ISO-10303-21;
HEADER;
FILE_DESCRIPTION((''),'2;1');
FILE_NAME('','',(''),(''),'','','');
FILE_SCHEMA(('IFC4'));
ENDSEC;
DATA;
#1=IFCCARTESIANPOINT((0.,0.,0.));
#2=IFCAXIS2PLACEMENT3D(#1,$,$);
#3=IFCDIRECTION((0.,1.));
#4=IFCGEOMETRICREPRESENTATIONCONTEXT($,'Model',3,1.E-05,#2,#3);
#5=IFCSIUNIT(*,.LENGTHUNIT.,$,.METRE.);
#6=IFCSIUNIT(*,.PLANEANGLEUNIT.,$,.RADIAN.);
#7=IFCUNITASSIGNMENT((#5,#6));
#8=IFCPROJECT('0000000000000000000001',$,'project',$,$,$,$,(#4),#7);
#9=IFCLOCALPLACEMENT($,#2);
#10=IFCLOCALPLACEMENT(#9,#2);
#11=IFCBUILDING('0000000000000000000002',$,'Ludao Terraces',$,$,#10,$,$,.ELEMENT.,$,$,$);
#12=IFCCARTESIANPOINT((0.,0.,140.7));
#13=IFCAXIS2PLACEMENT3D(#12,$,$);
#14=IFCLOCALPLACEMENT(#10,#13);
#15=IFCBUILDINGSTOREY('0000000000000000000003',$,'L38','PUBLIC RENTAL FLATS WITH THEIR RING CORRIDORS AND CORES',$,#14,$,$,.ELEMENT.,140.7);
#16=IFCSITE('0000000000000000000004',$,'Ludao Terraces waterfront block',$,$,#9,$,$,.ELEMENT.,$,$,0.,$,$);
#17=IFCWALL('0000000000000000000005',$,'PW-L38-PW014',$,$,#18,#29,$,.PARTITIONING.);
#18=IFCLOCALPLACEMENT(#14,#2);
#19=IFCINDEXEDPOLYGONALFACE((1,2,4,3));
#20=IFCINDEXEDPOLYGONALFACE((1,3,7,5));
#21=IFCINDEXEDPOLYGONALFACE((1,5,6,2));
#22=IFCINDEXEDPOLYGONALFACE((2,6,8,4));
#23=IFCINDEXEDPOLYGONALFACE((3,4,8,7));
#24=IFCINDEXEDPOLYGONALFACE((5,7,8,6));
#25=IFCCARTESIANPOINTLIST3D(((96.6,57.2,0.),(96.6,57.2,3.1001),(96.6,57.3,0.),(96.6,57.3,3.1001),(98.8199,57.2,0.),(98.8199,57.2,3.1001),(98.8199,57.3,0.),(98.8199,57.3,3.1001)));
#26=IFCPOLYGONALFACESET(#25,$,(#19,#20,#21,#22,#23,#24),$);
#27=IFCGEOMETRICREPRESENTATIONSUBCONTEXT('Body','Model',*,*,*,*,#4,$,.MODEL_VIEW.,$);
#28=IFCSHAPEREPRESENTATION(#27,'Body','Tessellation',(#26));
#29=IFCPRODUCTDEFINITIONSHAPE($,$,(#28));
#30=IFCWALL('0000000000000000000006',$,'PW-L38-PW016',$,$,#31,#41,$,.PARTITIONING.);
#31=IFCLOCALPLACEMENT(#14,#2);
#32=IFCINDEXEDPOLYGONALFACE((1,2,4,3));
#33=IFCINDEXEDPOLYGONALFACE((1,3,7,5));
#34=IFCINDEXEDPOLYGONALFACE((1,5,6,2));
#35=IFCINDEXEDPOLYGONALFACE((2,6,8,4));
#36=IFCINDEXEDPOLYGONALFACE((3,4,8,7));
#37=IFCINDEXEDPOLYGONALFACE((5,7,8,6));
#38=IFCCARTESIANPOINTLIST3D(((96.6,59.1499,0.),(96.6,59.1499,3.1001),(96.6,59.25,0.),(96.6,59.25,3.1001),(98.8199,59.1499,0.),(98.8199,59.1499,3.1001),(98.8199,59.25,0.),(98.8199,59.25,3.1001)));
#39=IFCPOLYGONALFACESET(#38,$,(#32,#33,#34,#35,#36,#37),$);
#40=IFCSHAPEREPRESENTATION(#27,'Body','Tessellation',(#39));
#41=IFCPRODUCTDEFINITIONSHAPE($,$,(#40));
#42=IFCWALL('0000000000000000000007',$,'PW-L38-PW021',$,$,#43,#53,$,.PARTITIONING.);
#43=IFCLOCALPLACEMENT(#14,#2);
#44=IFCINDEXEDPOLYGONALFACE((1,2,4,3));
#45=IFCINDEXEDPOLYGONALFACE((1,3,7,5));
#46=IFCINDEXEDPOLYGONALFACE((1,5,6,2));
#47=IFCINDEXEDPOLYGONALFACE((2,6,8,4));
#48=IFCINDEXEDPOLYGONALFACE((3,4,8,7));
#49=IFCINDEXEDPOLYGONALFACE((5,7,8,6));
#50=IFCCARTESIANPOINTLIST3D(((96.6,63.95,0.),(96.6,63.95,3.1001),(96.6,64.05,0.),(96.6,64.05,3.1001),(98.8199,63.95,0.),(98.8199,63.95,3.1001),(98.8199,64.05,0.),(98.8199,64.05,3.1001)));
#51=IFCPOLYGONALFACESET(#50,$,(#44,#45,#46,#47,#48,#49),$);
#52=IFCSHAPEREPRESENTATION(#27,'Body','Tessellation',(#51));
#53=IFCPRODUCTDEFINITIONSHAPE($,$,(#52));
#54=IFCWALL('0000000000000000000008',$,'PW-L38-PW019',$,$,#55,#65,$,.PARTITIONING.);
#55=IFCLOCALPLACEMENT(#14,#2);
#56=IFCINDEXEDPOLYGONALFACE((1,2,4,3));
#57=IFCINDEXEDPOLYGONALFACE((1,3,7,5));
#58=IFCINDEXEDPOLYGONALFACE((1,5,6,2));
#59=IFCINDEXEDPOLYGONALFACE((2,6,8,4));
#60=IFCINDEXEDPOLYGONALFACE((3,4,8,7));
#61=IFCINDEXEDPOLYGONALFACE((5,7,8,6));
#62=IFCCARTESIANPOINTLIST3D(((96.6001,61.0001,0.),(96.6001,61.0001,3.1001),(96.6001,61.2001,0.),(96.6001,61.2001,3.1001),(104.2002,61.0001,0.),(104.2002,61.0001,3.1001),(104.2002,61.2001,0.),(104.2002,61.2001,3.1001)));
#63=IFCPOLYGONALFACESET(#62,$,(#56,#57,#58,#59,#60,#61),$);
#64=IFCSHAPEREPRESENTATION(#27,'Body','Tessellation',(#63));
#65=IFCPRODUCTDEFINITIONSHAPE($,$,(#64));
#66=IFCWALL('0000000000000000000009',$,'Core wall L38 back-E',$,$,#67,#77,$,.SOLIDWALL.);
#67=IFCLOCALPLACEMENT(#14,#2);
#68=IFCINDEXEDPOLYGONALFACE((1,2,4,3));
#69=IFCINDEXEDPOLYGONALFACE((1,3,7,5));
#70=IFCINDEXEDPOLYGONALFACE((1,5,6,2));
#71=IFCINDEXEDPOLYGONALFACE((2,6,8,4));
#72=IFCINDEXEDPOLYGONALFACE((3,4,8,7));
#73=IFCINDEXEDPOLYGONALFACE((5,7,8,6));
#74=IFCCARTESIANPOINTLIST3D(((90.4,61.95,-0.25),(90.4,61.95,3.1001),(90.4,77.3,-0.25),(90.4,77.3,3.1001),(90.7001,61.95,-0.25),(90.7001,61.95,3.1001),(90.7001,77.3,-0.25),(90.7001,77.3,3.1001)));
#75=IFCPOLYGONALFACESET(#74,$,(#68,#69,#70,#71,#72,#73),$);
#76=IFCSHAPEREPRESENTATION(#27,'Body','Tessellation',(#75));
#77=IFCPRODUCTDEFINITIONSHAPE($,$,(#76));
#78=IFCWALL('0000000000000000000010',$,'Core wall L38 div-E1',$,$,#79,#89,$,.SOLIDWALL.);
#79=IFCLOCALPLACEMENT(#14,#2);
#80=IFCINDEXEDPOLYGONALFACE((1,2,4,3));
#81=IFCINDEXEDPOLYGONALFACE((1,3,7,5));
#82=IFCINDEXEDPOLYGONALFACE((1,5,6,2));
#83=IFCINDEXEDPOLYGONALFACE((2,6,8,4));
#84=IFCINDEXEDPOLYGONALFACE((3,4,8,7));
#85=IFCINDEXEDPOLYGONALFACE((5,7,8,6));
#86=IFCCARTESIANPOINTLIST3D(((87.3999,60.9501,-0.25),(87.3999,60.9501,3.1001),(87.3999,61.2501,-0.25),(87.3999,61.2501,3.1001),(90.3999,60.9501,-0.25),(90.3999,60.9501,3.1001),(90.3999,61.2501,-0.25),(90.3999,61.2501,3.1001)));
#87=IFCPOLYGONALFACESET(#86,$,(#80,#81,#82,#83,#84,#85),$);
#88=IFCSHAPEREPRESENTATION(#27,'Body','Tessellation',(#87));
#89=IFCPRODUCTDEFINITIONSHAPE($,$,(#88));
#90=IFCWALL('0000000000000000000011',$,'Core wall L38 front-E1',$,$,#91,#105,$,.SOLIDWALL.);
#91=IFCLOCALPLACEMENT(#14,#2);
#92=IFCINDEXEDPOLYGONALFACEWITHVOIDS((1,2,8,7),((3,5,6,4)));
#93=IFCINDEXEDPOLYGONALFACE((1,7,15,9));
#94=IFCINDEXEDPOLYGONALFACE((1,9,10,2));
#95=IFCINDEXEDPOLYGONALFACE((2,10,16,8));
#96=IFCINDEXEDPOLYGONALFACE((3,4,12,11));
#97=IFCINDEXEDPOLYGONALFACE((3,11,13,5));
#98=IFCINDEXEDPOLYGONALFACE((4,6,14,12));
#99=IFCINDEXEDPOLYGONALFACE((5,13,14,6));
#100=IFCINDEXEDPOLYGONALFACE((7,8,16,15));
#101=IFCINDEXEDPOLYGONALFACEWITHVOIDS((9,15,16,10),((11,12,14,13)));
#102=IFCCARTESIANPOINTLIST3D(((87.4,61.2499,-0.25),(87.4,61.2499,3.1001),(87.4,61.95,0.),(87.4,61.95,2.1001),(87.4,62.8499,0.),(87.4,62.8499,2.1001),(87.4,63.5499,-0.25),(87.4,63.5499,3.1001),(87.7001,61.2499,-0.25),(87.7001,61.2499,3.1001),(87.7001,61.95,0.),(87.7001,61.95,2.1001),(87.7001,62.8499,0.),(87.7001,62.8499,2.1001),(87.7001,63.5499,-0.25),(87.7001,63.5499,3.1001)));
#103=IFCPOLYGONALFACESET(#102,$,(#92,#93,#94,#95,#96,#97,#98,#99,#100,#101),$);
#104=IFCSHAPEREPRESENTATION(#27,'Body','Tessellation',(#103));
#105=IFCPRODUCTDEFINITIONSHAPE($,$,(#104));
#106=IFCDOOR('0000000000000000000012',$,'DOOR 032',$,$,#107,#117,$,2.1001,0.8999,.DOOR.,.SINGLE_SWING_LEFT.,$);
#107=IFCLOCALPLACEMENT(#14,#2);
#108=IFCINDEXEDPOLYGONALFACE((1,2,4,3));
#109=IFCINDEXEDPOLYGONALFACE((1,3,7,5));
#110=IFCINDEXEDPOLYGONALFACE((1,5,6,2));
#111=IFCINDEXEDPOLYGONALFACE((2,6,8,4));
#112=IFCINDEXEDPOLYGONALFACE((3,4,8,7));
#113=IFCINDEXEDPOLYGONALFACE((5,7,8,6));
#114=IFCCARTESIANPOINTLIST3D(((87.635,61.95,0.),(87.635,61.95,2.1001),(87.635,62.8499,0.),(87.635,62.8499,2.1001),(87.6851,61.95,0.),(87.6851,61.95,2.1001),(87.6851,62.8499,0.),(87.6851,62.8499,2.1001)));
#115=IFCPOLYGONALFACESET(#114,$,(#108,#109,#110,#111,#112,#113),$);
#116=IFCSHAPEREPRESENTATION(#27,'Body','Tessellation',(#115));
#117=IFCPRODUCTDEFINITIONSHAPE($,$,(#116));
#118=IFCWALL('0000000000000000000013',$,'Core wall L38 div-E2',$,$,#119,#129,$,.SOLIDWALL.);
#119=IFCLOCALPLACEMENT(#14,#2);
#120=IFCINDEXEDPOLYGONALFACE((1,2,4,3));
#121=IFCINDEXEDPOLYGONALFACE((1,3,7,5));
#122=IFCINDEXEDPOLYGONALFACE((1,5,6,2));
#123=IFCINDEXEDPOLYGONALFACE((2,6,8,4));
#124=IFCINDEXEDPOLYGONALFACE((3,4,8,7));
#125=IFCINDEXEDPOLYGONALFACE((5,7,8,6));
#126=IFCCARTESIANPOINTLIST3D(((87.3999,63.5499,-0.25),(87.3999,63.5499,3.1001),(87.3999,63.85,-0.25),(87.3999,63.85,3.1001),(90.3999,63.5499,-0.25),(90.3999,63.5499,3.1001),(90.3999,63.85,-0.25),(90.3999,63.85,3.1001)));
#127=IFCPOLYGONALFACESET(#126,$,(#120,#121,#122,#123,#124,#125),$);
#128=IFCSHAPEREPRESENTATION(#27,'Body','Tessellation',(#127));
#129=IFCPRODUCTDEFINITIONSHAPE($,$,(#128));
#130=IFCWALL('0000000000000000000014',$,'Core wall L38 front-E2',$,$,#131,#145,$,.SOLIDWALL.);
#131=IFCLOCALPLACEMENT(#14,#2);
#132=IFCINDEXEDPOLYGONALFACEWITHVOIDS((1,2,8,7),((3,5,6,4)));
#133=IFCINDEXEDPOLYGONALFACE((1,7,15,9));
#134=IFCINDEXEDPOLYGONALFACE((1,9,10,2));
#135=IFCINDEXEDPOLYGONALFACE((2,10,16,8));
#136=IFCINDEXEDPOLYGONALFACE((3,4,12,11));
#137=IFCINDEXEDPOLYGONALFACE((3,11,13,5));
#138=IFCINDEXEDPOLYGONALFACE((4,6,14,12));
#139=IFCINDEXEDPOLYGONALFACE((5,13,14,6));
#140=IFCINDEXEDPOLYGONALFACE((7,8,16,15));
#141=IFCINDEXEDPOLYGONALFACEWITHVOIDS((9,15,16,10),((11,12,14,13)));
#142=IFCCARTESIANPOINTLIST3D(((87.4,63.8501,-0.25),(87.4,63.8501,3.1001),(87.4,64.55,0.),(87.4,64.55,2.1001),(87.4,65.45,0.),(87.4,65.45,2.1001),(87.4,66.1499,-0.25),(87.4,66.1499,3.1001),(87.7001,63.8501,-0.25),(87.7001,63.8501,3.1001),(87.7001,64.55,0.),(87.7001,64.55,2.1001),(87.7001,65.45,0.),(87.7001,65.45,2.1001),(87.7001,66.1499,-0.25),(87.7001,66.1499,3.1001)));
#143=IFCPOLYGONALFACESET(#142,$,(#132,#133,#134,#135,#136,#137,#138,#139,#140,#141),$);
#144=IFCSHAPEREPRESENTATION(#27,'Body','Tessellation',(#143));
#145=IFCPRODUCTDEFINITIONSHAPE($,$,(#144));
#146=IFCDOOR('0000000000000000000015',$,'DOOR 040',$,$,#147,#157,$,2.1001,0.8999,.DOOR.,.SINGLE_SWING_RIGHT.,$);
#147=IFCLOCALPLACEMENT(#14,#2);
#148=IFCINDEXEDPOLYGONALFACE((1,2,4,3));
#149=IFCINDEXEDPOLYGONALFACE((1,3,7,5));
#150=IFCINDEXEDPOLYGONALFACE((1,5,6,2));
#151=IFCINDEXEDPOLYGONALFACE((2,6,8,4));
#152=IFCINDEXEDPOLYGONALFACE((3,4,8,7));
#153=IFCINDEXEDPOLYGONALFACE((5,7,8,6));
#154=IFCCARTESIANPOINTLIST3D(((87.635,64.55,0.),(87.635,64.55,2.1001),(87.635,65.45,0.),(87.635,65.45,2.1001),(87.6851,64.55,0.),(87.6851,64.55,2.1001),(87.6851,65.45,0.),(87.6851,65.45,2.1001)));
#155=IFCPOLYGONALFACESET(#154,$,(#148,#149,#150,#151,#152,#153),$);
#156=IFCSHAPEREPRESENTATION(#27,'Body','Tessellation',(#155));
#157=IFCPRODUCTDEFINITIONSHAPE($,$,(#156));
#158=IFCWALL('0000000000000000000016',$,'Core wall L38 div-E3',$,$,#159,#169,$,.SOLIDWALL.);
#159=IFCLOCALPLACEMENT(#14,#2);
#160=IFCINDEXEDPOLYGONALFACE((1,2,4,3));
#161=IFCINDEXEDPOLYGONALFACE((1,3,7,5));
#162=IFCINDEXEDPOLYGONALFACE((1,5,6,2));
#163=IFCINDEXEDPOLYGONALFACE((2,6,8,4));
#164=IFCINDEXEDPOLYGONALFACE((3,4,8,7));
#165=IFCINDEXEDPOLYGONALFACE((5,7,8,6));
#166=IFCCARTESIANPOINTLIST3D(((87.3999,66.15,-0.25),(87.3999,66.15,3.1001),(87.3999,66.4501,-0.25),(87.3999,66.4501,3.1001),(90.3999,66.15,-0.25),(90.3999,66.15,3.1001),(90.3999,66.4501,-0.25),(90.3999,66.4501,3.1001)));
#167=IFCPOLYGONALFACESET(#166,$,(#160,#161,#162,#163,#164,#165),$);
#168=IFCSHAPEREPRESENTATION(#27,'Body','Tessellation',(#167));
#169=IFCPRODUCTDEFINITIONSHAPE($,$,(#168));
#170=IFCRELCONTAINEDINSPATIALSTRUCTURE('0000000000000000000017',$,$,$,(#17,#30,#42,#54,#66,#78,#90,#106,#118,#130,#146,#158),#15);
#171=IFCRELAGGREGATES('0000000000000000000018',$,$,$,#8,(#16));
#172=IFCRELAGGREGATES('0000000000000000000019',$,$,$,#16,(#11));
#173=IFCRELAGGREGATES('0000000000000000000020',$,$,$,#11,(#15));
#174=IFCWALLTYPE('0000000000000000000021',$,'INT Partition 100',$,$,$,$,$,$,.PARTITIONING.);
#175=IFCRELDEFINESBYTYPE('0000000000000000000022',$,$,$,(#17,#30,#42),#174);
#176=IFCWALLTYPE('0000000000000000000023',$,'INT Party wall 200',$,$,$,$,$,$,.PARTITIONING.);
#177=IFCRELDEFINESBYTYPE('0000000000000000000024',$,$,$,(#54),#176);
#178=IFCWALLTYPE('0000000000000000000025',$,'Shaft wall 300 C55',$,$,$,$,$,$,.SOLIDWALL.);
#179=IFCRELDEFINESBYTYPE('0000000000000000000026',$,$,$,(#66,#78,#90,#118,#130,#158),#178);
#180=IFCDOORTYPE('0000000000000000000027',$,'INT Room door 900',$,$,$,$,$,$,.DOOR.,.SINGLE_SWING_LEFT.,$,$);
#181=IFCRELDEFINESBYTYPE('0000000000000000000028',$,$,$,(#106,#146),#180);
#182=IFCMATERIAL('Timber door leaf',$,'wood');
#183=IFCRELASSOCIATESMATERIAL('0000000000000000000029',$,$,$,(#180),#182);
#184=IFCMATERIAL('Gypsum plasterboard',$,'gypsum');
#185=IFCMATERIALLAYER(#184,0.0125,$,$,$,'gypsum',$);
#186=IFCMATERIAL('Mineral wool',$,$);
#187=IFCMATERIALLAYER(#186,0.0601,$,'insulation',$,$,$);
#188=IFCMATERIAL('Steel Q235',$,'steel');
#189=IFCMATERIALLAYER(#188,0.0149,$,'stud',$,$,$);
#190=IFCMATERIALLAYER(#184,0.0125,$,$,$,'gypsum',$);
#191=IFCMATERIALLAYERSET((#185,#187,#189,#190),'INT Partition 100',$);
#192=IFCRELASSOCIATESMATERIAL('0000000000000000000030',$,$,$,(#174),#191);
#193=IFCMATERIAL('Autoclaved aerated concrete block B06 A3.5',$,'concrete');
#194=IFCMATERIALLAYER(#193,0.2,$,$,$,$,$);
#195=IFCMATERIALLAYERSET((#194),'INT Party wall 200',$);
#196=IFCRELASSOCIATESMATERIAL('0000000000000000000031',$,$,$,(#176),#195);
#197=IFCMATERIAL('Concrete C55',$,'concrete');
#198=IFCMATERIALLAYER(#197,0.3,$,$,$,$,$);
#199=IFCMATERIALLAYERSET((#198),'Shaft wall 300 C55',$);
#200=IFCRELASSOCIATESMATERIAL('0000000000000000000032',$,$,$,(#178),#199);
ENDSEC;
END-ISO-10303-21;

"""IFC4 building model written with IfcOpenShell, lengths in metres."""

from ifc_helpers import new_model, si_unit, direction, frame, frame_2d, origin, place, context, subcontext, project, spatial, rectangle, extrude, material, layer, layer_set, type_object, element, fill, save


model = new_model("IFC4")

# Units and contexts
model_context = context("Model", 3, precision=1e-05, world=origin(), true_north=direction((0.0, 1.0)))
body_context = subcontext(model_context, "Body", "Model", "MODEL_VIEW")
ifc_project = project(units=[si_unit("LENGTHUNIT", "METRE"), si_unit("PLANEANGLEUNIT", "RADIAN")], contexts=[model_context])

# Site, building, storey
site_placement = place(None, origin())
site = spatial("IfcSite", under=ifc_project, at=site_placement, Name="Ludao Terraces waterfront block", CompositionType="ELEMENT", RefElevation=0.0)
building_placement = place(site_placement, origin())
building = spatial("IfcBuilding", under=site, at=building_placement, Name="Ludao Terraces", CompositionType="ELEMENT")
storey_placement = place(building_placement, frame((0.0, 0.0, 140.7)))
storey = spatial("IfcBuildingStorey", under=building, at=storey_placement, Name="L38", Description="PUBLIC RENTAL FLATS WITH THEIR RING CORRIDORS AND CORES", CompositionType="ELEMENT", Elevation=140.7)

# Shared definitions
ifc_material_1 = material(Name="Steel Q235", Category="steel")
ifc_material_2 = material(Name="Timber door leaf", Category="wood")
door_type_1 = type_object("IfcDoorType", Name="INT Room door 900", OperationType="SINGLE_SWING_LEFT", PredefinedType="DOOR", material=ifc_material_2)

# Shared definitions
ifc_material_3 = material(Name="Mineral wool")

# Walls
ifc_material_4 = material(Name="Gypsum plasterboard", Category="gypsum")
ifc_layer_1 = layer(ifc_material_4, 0.0125, Category="gypsum")
ifc_layer_2 = layer(ifc_material_3, 0.0601, Name="insulation")
ifc_layer_3 = layer(ifc_material_1, 0.0149, Name="stud")
ifc_layer_4 = layer(ifc_material_4, 0.0125, Category="gypsum")
ifc_layer_set_1 = layer_set([ifc_layer_1, ifc_layer_2, ifc_layer_3, ifc_layer_4], Name="INT Partition 100")
wall_type_1 = type_object("IfcWallType", Name="INT Partition 100", PredefinedType="PARTITIONING", material=ifc_layer_set_1)
for number, where, z_axis, x_axis, name in (
    (1, (96.6001, 57.25, 0.0), (0.0, 0.0, 1.0), (1.0, 0.0, 0.0), "PW-L38-PW014"),
    (2, (96.6001, 59.2, 0.0), (0.0, 0.0, 1.0), (1.0, 0.0, 0.0), "PW-L38-PW016"),
    (3, (96.6001, 64.0, 0.0), (0.0, 0.0, 1.0), (1.0, 0.0, 0.0), "PW-L38-PW021"),
):
    element("IfcWall", number, at=place(storey_placement, frame(where, z_axis=z_axis, x_axis=x_axis)), inside=storey, type_object=wall_type_1, Name=name, PredefinedType="PARTITIONING", context=body_context, shape_type="SweptSolid", body=[
        extrude(rectangle(XDim=2.22, YDim=0.1001, at=frame_2d((1.1099, 0.0))), origin(), (0.0, 0.0, 1.0), 3.1001),
    ])
ifc_material_5 = material(Name="Autoclaved aerated concrete block B06 A3.5", Category="concrete")
ifc_layer_5 = layer(ifc_material_5, 0.2)
ifc_layer_set_2 = layer_set([ifc_layer_5], Name="INT Party wall 200")
wall_type_2 = type_object("IfcWallType", Name="INT Party wall 200", PredefinedType="PARTITIONING", material=ifc_layer_set_2)
wall_1_placement = place(storey_placement, frame((96.6001, 61.1001, 0.0), z_axis=(0.0, 0.0, 1.0), x_axis=(1.0, 0.0, 0.0)))
element("IfcWall", 4, at=wall_1_placement, inside=storey, type_object=wall_type_2, Name="PW-L38-PW019", PredefinedType="PARTITIONING", context=body_context, shape_type="SweptSolid", body=[
    extrude(rectangle(XDim=7.6001, YDim=0.2, at=frame_2d((3.8, 0.0))), origin(), (0.0, 0.0, 1.0), 3.1001),
])
ifc_material_6 = material(Name="Concrete C55", Category="concrete")
ifc_layer_6 = layer(ifc_material_6, 0.3)
ifc_layer_set_3 = layer_set([ifc_layer_6], Name="Shaft wall 300 C55")
wall_type_3 = type_object("IfcWallType", Name="Shaft wall 300 C55", PredefinedType="SOLIDWALL", material=ifc_layer_set_3)
wall_2_placement = place(storey_placement, frame((90.55, 61.95, -0.25), z_axis=(0.0, 0.0, 1.0), x_axis=(0.0, 1.0, 0.0)))
element("IfcWall", 5, at=wall_2_placement, inside=storey, type_object=wall_type_3, Name="Core wall L38 back-E", PredefinedType="SOLIDWALL", context=body_context, shape_type="SweptSolid", body=[
    extrude(rectangle(XDim=15.3501, YDim=0.3, at=frame_2d((7.675, 0.0))), origin(), (0.0, 0.0, 1.0), 3.3501),
])
wall_3_placement = place(storey_placement, frame((87.3999, 61.1001, -0.25), z_axis=(0.0, 0.0, 1.0), x_axis=(1.0, 0.0, 0.0)))
element("IfcWall", 6, at=wall_3_placement, inside=storey, type_object=wall_type_3, Name="Core wall L38 div-E1", PredefinedType="SOLIDWALL", context=body_context, shape_type="SweptSolid", body=[
    extrude(rectangle(XDim=3.0, YDim=0.3, at=frame_2d((1.5, 0.0))), origin(), (0.0, 0.0, 1.0), 3.3501),
])

# Wall, opening, door
wall_4_placement = place(storey_placement, frame((87.55, 61.25, -0.25), z_axis=(0.0, 0.0, 1.0), x_axis=(0.0, 1.0, 0.0)))
wall_4 = element("IfcWall", 7, at=wall_4_placement, inside=storey, type_object=wall_type_3, Name="Core wall L38 front-E1", PredefinedType="SOLIDWALL", context=body_context, shape_type="SweptSolid", body=[
    extrude(rectangle(XDim=2.3, YDim=0.3, at=frame_2d((1.1499, 0.0))), origin(), (0.0, 0.0, 1.0), 3.3501),
])
opening_1_placement = place(wall_4_placement, frame((0.7, 0.0, 0.25)))
opening_1 = element("IfcOpeningElement", 8, at=opening_1_placement, cuts=wall_4, PredefinedType="OPENING", context=body_context, shape_type="SweptSolid", body=[
    extrude(rectangle(XDim=0.8999, YDim=2.1001, at=frame_2d((0.45, 1.05))), frame((0.0, 0.1602, 0.0), z_axis=(0.0, -1.0, 0.0), x_axis=(1.0, 0.0, 0.0)), (0.0, 0.0, 1.0), 0.3201),
])
door_1_placement = place(opening_1_placement, origin())
door_1 = element("IfcDoor", 9, at=door_1_placement, inside=storey, type_object=door_type_1, Name="DOOR 032", OperationType="SINGLE_SWING_LEFT", OverallHeight=2.1001, OverallWidth=0.8999, PredefinedType="DOOR", context=body_context, shape_type="SweptSolid", body=[
    extrude(rectangle(XDim=0.8999, YDim=2.1001, at=frame_2d((0.45, 1.05))), frame((0.0, -0.085, 0.0), z_axis=(0.0, -1.0, 0.0), x_axis=(1.0, 0.0, 0.0)), (0.0, 0.0, 1.0), 0.05),
])
fill(opening_1, door_1)

# Wall
wall_5_placement = place(storey_placement, frame((87.3999, 63.7, -0.25), z_axis=(0.0, 0.0, 1.0), x_axis=(1.0, 0.0, 0.0)))
element("IfcWall", 10, at=wall_5_placement, inside=storey, type_object=wall_type_3, Name="Core wall L38 div-E2", PredefinedType="SOLIDWALL", context=body_context, shape_type="SweptSolid", body=[
    extrude(rectangle(XDim=3.0, YDim=0.3, at=frame_2d((1.5, 0.0))), origin(), (0.0, 0.0, 1.0), 3.3501),
])

# Wall, opening, door
wall_6_placement = place(storey_placement, frame((87.55, 63.8501, -0.25), z_axis=(0.0, 0.0, 1.0), x_axis=(0.0, 1.0, 0.0)))
wall_6 = element("IfcWall", 11, at=wall_6_placement, inside=storey, type_object=wall_type_3, Name="Core wall L38 front-E2", PredefinedType="SOLIDWALL", context=body_context, shape_type="SweptSolid", body=[
    extrude(rectangle(XDim=2.2998, YDim=0.3, at=frame_2d((1.1499, 0.0))), origin(), (0.0, 0.0, 1.0), 3.3501),
])
opening_2_placement = place(wall_6_placement, frame((0.7, 0.0, 0.25)))
opening_2 = element("IfcOpeningElement", 12, at=opening_2_placement, cuts=wall_6, PredefinedType="OPENING", context=body_context, shape_type="SweptSolid", body=[
    extrude(rectangle(XDim=0.8999, YDim=2.1001, at=frame_2d((0.45, 1.05))), frame((0.0, 0.1602, 0.0), z_axis=(0.0, -1.0, 0.0), x_axis=(1.0, 0.0, 0.0)), (0.0, 0.0, 1.0), 0.3201),
])
door_2_placement = place(opening_2_placement, origin())
door_2 = element("IfcDoor", 13, at=door_2_placement, inside=storey, type_object=door_type_1, Name="DOOR 040", OperationType="SINGLE_SWING_RIGHT", OverallHeight=2.1001, OverallWidth=0.8999, PredefinedType="DOOR", context=body_context, shape_type="SweptSolid", body=[
    extrude(rectangle(XDim=0.8999, YDim=2.1001, at=frame_2d((0.45, 1.05))), frame((0.0, -0.085, 0.0), z_axis=(0.0, -1.0, 0.0), x_axis=(1.0, 0.0, 0.0)), (0.0, 0.0, 1.0), 0.05),
])
fill(opening_2, door_2)

# Wall
wall_7_placement = place(storey_placement, frame((87.3999, 66.3, -0.25), z_axis=(0.0, 0.0, 1.0), x_axis=(1.0, 0.0, 0.0)))
element("IfcWall", 14, at=wall_7_placement, inside=storey, type_object=wall_type_3, Name="Core wall L38 div-E3", PredefinedType="SOLIDWALL", context=body_context, shape_type="SweptSolid", body=[
    extrude(rectangle(XDim=3.0, YDim=0.3, at=frame_2d((1.5, 0.0))), origin(), (0.0, 0.0, 1.0), 3.3501),
])

save(model, "model.ifc")
